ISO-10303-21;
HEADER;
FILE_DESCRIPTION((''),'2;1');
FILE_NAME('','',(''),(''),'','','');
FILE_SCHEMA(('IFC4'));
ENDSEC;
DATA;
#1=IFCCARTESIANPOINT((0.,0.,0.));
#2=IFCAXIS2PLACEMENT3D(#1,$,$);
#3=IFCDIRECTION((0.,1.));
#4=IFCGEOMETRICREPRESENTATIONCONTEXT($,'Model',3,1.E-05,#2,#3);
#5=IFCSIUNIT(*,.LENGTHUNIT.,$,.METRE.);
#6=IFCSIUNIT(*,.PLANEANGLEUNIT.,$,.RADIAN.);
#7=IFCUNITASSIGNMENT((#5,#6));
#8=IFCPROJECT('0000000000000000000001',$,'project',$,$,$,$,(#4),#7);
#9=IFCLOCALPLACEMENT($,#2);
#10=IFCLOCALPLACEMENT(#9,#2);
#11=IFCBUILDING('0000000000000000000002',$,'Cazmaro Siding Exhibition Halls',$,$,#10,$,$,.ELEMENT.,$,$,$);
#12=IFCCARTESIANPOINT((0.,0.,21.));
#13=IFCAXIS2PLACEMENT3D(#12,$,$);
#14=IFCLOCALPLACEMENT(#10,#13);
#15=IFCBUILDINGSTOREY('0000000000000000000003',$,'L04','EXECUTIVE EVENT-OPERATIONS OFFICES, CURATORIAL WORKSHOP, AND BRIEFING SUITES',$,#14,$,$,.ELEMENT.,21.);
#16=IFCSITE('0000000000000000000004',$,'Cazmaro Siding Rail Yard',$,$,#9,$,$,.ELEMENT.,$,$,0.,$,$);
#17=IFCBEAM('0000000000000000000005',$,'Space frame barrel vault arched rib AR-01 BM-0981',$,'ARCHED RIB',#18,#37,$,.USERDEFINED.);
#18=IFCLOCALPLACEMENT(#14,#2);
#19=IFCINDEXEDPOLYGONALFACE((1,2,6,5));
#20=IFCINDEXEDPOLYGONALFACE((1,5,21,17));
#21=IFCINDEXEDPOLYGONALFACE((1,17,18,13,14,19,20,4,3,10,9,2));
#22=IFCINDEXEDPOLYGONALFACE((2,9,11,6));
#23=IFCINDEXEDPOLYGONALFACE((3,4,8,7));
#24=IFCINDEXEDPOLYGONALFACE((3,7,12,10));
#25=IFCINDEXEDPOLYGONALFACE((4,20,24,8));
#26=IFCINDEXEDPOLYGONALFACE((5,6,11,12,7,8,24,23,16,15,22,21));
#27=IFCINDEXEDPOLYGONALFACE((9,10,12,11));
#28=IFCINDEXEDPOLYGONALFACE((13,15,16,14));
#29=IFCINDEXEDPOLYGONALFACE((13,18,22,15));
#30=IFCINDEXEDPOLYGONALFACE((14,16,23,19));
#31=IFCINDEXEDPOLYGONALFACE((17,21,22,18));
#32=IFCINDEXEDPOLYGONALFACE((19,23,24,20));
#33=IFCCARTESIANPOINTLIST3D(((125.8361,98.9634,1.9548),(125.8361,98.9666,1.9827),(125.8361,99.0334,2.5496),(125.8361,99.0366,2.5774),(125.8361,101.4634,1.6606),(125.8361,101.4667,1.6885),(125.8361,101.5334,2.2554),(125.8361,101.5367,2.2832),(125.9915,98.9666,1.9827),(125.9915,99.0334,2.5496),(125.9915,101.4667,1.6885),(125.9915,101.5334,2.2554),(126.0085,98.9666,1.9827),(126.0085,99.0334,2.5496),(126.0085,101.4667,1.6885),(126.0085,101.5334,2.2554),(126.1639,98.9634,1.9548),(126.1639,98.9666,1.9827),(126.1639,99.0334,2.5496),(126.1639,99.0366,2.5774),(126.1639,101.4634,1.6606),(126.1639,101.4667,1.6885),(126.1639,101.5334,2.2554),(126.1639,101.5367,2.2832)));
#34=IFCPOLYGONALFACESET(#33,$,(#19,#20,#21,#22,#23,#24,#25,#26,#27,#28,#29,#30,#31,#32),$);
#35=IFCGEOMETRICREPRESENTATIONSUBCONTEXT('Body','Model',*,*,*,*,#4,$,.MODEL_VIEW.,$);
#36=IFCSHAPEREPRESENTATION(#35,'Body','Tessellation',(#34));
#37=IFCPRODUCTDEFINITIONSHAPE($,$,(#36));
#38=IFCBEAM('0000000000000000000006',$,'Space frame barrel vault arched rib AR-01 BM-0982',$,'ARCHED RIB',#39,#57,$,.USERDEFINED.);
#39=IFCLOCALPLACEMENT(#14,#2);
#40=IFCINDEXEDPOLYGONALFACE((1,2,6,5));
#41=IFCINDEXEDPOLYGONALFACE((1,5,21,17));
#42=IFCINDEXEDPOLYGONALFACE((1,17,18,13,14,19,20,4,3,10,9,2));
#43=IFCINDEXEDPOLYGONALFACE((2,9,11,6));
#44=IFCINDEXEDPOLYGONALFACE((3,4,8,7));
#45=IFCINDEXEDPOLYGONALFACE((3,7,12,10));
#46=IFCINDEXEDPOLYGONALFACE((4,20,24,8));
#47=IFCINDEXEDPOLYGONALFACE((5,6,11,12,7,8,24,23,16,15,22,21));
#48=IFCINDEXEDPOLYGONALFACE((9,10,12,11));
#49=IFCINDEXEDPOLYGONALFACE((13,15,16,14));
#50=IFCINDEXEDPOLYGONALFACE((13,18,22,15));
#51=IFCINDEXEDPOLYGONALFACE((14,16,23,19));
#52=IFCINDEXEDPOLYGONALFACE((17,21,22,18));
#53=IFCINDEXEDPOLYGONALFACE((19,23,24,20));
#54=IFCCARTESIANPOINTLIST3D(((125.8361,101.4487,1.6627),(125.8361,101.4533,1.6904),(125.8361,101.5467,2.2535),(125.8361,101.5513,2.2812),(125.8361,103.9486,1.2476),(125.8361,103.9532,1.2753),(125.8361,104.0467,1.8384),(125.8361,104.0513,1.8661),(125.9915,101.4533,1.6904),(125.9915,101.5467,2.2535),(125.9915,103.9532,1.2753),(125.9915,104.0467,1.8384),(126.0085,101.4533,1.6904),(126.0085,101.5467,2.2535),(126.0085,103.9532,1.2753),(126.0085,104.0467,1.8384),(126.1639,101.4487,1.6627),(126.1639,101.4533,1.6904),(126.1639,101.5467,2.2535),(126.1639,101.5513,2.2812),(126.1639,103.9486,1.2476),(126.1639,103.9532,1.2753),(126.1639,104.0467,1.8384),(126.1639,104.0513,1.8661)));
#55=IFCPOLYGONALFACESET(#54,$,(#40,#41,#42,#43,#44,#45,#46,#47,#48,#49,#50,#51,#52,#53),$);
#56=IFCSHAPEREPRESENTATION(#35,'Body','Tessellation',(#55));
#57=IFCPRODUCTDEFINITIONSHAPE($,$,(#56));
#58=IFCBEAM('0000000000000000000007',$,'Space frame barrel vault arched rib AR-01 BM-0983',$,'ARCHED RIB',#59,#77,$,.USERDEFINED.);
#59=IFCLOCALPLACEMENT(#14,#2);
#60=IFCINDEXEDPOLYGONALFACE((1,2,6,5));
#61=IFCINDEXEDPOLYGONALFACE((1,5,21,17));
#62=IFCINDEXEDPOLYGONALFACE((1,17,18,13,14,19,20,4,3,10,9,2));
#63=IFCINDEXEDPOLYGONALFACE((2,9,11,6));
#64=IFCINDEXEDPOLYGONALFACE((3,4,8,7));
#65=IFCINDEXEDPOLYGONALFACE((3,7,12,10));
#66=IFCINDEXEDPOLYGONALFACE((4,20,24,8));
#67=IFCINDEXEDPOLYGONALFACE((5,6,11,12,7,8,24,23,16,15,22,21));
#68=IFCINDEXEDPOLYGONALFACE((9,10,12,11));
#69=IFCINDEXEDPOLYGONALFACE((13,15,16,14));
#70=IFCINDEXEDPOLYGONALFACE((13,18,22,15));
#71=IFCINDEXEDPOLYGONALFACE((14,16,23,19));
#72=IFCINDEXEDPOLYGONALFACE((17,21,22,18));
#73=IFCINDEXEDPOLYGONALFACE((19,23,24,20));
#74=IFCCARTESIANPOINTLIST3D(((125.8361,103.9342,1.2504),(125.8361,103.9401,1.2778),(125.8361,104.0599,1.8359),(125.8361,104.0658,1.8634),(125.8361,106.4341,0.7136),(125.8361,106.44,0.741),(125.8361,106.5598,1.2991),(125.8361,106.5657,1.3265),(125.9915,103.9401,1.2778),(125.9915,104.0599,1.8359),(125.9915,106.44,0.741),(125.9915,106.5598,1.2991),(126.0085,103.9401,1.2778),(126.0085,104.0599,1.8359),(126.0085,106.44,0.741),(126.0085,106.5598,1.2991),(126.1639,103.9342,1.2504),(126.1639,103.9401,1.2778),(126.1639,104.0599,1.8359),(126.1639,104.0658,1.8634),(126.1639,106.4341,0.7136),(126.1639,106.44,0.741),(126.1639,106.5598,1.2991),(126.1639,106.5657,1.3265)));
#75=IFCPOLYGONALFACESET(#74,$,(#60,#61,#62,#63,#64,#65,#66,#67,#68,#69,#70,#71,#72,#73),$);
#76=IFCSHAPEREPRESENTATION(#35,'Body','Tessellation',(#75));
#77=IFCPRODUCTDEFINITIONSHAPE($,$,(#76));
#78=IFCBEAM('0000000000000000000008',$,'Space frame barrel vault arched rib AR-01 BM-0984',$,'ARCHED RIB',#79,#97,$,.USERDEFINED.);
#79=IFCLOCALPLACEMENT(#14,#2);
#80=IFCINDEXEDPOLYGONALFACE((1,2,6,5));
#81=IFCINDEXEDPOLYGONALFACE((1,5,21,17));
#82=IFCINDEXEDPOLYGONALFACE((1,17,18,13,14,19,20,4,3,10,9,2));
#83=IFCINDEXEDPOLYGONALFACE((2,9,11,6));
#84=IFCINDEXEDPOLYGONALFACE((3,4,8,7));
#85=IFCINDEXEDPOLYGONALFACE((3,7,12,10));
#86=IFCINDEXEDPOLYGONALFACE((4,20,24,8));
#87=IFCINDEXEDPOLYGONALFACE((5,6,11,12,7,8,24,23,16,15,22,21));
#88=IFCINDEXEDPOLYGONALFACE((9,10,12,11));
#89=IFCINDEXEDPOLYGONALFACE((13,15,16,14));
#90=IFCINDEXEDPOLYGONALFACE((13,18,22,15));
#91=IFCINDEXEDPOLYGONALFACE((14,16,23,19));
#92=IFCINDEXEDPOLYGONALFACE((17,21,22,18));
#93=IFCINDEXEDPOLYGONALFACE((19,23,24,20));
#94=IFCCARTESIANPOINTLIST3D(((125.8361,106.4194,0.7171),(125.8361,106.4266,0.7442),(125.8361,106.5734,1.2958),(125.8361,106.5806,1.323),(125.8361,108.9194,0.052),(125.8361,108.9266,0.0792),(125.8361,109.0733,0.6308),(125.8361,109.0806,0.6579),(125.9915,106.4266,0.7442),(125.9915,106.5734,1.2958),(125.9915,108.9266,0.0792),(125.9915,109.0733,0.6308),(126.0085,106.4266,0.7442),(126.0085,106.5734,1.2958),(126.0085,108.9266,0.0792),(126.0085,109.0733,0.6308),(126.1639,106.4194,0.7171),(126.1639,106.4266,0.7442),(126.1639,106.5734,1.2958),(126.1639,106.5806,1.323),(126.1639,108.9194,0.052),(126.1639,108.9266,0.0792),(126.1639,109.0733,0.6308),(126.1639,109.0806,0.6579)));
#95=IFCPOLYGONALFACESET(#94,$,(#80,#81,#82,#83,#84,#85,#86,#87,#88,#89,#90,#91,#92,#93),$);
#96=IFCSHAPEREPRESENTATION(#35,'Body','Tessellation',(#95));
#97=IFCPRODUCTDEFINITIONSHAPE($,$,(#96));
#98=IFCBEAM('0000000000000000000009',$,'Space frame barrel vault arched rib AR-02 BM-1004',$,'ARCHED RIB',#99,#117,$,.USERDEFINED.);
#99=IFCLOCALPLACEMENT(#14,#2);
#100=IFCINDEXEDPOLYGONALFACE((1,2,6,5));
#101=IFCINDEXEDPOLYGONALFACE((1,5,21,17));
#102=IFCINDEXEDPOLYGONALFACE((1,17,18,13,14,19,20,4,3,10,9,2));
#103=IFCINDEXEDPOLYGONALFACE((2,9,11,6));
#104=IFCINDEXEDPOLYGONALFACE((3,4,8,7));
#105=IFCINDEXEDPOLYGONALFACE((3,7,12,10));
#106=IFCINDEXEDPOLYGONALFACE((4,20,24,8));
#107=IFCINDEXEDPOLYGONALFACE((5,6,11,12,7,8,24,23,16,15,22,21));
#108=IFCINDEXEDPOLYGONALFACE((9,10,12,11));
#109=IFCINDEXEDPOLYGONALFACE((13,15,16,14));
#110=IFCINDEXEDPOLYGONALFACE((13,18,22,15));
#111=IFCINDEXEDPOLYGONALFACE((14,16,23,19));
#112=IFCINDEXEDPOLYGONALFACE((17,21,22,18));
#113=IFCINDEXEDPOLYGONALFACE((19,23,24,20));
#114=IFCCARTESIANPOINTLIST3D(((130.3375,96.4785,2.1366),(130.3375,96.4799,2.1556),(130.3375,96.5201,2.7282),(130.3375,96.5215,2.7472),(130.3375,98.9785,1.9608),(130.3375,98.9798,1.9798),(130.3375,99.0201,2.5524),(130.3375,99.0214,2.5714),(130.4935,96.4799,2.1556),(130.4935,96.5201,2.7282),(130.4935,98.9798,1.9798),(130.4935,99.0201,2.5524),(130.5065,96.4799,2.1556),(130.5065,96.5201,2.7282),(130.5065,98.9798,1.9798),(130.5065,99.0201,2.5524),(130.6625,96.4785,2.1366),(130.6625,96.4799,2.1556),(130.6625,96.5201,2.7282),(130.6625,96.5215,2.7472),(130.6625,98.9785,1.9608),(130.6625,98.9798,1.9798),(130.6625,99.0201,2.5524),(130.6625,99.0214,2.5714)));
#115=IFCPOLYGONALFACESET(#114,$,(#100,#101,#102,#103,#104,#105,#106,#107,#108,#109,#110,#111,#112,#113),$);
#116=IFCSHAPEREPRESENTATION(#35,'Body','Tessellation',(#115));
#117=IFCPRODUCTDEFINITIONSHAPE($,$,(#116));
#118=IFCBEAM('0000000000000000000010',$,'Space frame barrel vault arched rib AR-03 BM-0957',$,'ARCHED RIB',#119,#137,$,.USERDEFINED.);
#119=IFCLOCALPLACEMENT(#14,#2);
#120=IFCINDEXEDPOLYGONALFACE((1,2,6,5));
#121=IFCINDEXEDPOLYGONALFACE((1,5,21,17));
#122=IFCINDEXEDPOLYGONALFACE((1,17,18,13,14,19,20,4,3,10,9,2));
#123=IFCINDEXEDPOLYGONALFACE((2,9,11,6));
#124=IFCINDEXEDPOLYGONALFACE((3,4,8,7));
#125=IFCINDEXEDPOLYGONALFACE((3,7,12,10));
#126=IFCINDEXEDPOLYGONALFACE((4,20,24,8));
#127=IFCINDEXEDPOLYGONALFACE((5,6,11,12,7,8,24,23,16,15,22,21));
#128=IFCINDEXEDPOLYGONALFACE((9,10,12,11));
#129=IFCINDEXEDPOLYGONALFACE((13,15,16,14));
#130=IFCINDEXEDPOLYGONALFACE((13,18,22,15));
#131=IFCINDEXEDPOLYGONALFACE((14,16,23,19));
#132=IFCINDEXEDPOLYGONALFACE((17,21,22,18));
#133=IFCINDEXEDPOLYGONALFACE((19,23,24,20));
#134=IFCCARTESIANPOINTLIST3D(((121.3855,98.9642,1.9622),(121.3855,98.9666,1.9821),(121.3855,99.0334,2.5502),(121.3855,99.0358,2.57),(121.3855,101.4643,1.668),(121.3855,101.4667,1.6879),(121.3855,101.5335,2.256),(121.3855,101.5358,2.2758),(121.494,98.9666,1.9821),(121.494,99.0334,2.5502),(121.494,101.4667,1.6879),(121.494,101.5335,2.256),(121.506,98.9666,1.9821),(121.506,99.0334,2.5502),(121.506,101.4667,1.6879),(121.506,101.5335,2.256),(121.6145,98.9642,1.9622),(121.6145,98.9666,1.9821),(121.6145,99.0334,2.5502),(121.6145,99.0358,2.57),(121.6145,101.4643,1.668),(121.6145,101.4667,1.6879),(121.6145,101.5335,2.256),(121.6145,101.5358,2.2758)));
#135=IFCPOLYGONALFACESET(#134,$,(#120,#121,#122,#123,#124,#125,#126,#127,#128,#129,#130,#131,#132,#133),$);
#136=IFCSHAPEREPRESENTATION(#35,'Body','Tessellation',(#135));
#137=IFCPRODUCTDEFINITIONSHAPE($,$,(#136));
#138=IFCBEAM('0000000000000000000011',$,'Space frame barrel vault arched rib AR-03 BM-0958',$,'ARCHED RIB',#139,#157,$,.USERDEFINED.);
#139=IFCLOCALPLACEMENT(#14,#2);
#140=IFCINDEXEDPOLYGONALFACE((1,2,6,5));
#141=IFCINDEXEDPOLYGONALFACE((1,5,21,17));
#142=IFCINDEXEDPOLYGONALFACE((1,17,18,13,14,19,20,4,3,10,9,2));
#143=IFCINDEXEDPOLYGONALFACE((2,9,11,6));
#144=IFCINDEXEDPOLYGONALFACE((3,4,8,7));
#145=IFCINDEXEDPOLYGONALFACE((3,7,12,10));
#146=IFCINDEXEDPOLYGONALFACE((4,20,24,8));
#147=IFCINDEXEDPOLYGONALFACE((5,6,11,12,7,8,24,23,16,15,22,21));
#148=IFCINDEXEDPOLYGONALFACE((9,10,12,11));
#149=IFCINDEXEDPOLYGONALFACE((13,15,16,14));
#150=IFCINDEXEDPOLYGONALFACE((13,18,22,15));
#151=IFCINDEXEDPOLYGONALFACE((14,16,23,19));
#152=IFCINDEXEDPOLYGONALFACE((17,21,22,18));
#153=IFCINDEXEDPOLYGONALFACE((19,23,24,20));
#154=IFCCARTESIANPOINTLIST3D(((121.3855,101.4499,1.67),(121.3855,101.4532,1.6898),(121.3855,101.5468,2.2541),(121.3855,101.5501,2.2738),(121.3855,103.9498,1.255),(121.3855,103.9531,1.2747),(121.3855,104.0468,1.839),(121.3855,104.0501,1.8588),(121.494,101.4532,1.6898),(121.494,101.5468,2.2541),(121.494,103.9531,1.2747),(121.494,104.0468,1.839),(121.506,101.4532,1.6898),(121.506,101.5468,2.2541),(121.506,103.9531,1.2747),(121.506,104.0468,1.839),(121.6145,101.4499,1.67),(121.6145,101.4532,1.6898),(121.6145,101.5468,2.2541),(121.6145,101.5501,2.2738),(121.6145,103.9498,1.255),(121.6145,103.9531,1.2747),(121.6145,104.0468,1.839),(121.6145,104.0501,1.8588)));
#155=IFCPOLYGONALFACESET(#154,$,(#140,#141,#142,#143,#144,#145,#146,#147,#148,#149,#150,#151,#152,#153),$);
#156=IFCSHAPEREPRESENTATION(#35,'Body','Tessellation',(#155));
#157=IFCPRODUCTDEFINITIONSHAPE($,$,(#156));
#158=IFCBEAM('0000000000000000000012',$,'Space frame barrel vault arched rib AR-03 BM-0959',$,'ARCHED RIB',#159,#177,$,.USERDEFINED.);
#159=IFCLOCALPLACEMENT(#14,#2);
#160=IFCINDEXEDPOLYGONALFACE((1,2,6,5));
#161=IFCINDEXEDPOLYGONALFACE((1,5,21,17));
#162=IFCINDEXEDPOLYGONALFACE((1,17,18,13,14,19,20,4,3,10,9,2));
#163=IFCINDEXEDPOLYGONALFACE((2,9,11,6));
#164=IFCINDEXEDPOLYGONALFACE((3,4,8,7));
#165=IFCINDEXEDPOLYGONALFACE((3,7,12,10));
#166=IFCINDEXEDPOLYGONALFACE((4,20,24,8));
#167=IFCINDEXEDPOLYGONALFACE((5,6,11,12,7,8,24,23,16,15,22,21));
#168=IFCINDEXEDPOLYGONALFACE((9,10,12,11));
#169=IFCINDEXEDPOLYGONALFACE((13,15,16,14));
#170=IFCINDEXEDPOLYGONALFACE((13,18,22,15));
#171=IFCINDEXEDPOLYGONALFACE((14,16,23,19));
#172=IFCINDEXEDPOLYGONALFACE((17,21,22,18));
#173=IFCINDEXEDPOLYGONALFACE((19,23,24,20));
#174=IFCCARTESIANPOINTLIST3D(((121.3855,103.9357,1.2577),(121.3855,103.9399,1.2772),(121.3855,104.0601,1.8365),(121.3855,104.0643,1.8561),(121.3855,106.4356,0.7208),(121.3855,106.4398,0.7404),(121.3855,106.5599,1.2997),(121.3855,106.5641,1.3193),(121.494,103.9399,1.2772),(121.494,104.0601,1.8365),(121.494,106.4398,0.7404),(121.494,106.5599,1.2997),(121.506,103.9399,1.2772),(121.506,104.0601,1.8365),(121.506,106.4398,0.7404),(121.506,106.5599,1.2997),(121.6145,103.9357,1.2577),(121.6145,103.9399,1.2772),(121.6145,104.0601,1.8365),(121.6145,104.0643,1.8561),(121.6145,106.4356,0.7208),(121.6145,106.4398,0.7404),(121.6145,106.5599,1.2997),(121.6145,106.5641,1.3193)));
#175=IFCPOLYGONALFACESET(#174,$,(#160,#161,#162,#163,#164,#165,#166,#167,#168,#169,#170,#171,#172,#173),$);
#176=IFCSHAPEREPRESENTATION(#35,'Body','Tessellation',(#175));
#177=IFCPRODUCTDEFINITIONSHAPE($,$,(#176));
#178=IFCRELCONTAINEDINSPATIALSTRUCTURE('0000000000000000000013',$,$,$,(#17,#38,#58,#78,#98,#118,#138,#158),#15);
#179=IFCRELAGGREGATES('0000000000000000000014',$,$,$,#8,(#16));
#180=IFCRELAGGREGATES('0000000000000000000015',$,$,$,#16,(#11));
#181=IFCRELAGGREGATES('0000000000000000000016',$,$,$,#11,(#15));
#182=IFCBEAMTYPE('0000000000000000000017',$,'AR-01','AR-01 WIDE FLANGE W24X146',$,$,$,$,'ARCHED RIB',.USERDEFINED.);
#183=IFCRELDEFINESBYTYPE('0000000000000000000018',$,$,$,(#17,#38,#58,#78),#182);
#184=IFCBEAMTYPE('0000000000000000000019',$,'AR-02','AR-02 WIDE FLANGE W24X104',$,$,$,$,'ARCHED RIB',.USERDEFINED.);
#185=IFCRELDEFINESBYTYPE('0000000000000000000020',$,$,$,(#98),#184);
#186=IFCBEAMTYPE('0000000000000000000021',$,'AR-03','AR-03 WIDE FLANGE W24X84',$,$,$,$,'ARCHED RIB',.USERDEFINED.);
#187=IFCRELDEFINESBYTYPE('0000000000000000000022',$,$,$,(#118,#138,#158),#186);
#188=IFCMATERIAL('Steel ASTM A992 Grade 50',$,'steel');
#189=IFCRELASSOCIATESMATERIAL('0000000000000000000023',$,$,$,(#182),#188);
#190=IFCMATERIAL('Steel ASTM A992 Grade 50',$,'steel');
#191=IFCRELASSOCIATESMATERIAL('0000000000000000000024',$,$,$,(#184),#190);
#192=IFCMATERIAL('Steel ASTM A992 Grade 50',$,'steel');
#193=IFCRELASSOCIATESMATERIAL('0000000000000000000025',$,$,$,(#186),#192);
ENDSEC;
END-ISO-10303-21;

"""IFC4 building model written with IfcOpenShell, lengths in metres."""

from ifc_helpers import new_model, si_unit, direction, frame, origin, origin_2d, place, context, subcontext, project, spatial, i_section, extrude, material, material_profile, profile_set, type_object, element, save


model = new_model("IFC4")

# Units and contexts
model_context = context("Model", 3, precision=1e-05, world=origin(), true_north=direction((0.0, 1.0)))
body_context = subcontext(model_context, "Body", "Model", "MODEL_VIEW")
ifc_project = project(units=[si_unit("LENGTHUNIT", "METRE"), si_unit("PLANEANGLEUNIT", "RADIAN")], contexts=[model_context])

# Site, building, storey
site_placement = place(None, origin())
site = spatial("IfcSite", under=ifc_project, at=site_placement, Name="Cazmaro Siding Rail Yard", CompositionType="ELEMENT", RefElevation=0.0)
building_placement = place(site_placement, origin())
building = spatial("IfcBuilding", under=site, at=building_placement, Name="Cazmaro Siding Exhibition Halls", CompositionType="ELEMENT")
storey_placement = place(building_placement, frame((0.0, 0.0, 21.0)))
storey = spatial("IfcBuildingStorey", under=building, at=storey_placement, Name="L04", Description="EXECUTIVE EVENT-OPERATIONS OFFICES, CURATORIAL WORKSHOP, AND BRIEFING SUITES", CompositionType="ELEMENT", Elevation=21.0)

# Beams
ifc_material_1 = material(Name="Steel ASTM A992 Grade 50", Category="steel")
ifc_material_profile_1 = material_profile(ifc_material_1, i_section(OverallWidth=0.3279, OverallDepth=0.627, WebThickness=0.0171, FlangeThickness=0.0281, at=origin_2d()), Name="W24X146")
ifc_profile_set_1 = profile_set([ifc_material_profile_1], Name="Steel ASTM A992 Grade 50")
beam_type_1 = type_object("IfcBeamType", Name="AR-01", Description="AR-01 WIDE FLANGE W24X146", ElementType="ARCHED RIB", PredefinedType="USERDEFINED", material=ifc_profile_set_1)
beam_1_placement = place(storey_placement, frame((126.0, 99.0, 2.2661), z_axis=(0.0, 0.993147, -0.116869), x_axis=(-1.0, 0.0, 0.0)))
element("IfcBeam", 1, at=beam_1_placement, inside=storey, type_object=beam_type_1, Name="Space frame barrel vault arched rib AR-01 BM-0981", ObjectType="ARCHED RIB", PredefinedType="USERDEFINED", context=body_context, shape_type="SweptSolid", body=[
    extrude(i_section(OverallWidth=0.3279, OverallDepth=0.627, WebThickness=0.0171, FlangeThickness=0.0281, at=origin_2d()), origin(), (0.0, 0.0, 1.0), 2.5173),
])
beam_2_placement = place(storey_placement, frame((126.0, 101.5, 1.9719), z_axis=(0.0, 0.986498, -0.163774), x_axis=(-1.0, 0.0, 0.0)))
element("IfcBeam", 2, at=beam_2_placement, inside=storey, type_object=beam_type_1, Name="Space frame barrel vault arched rib AR-01 BM-0982", ObjectType="ARCHED RIB", PredefinedType="USERDEFINED", context=body_context, shape_type="SweptSolid", body=[
    extrude(i_section(OverallWidth=0.3279, OverallDepth=0.627, WebThickness=0.0171, FlangeThickness=0.0281, at=origin_2d()), origin(), (0.0, 0.0, 1.0), 2.5342),
])
beam_3_placement = place(storey_placement, frame((126.0, 104.0, 1.5569), z_axis=(0.0, 0.97771, -0.209959), x_axis=(-1.0, 0.0, 0.0)))
element("IfcBeam", 3, at=beam_3_placement, inside=storey, type_object=beam_type_1, Name="Space frame barrel vault arched rib AR-01 BM-0983", ObjectType="ARCHED RIB", PredefinedType="USERDEFINED", context=body_context, shape_type="SweptSolid", body=[
    extrude(i_section(OverallWidth=0.3279, OverallDepth=0.627, WebThickness=0.0171, FlangeThickness=0.0281, at=origin_2d()), origin(), (0.0, 0.0, 1.0), 2.5569),
])
beam_4_placement = place(storey_placement, frame((126.0, 106.5, 1.02), z_axis=(0.0, 0.966391, -0.257075), x_axis=(-1.0, 0.0, 0.0)))
element("IfcBeam", 4, at=beam_4_placement, inside=storey, type_object=beam_type_1, Name="Space frame barrel vault arched rib AR-01 BM-0984", ObjectType="ARCHED RIB", PredefinedType="USERDEFINED", context=body_context, shape_type="SweptSolid", body=[
    extrude(i_section(OverallWidth=0.3279, OverallDepth=0.627, WebThickness=0.0171, FlangeThickness=0.0281, at=origin_2d()), origin(), (0.0, 0.0, 1.0), 2.5869),
])
ifc_material_2 = material(Name="Steel ASTM A992 Grade 50", Category="steel")
ifc_material_profile_2 = material_profile(ifc_material_2, i_section(OverallWidth=0.325, OverallDepth=0.6121, WebThickness=0.0129, FlangeThickness=0.019, at=origin_2d()), Name="W24X104")
ifc_profile_set_2 = profile_set([ifc_material_profile_2], Name="Steel ASTM A992 Grade 50")
beam_type_2 = type_object("IfcBeamType", Name="AR-02", Description="AR-02 WIDE FLANGE W24X104", ElementType="ARCHED RIB", PredefinedType="USERDEFINED", material=ifc_profile_set_2)
beam_5_placement = place(storey_placement, frame((130.5, 96.5, 2.4419), z_axis=(0.0, 0.997537, -0.070139), x_axis=(-1.0, 0.0, 0.0)))
element("IfcBeam", 5, at=beam_5_placement, inside=storey, type_object=beam_type_2, Name="Space frame barrel vault arched rib AR-02 BM-1004", ObjectType="ARCHED RIB", PredefinedType="USERDEFINED", context=body_context, shape_type="SweptSolid", body=[
    extrude(i_section(OverallWidth=0.325, OverallDepth=0.6121, WebThickness=0.0129, FlangeThickness=0.019, at=origin_2d()), origin(), (0.0, 0.0, 1.0), 2.5061),
])
ifc_material_3 = material(Name="Steel ASTM A992 Grade 50", Category="steel")
ifc_material_profile_3 = material_profile(ifc_material_3, i_section(OverallWidth=0.229, OverallDepth=0.6121, WebThickness=0.012, FlangeThickness=0.02, at=origin_2d()), Name="W24X84")
ifc_profile_set_3 = profile_set([ifc_material_profile_3], Name="Steel ASTM A992 Grade 50")
beam_type_3 = type_object("IfcBeamType", Name="AR-03", Description="AR-03 WIDE FLANGE W24X84", ElementType="ARCHED RIB", PredefinedType="USERDEFINED", material=ifc_profile_set_3)
beam_6_placement = place(storey_placement, frame((121.5, 99.0, 2.2661), z_axis=(0.0, 0.993147, -0.116869), x_axis=(-1.0, 0.0, 0.0)))
element("IfcBeam", 6, at=beam_6_placement, inside=storey, type_object=beam_type_3, Name="Space frame barrel vault arched rib AR-03 BM-0957", ObjectType="ARCHED RIB", PredefinedType="USERDEFINED", context=body_context, shape_type="SweptSolid", body=[
    extrude(i_section(OverallWidth=0.229, OverallDepth=0.6121, WebThickness=0.012, FlangeThickness=0.02, at=origin_2d()), origin(), (0.0, 0.0, 1.0), 2.5173),
])
beam_7_placement = place(storey_placement, frame((121.5, 101.5, 1.9719), z_axis=(0.0, 0.986498, -0.163774), x_axis=(-1.0, 0.0, 0.0)))
element("IfcBeam", 7, at=beam_7_placement, inside=storey, type_object=beam_type_3, Name="Space frame barrel vault arched rib AR-03 BM-0958", ObjectType="ARCHED RIB", PredefinedType="USERDEFINED", context=body_context, shape_type="SweptSolid", body=[
    extrude(i_section(OverallWidth=0.229, OverallDepth=0.6121, WebThickness=0.012, FlangeThickness=0.02, at=origin_2d()), origin(), (0.0, 0.0, 1.0), 2.5342),
])
beam_8_placement = place(storey_placement, frame((121.5, 104.0, 1.5569), z_axis=(0.0, 0.97771, -0.209959), x_axis=(-1.0, 0.0, 0.0)))
element("IfcBeam", 8, at=beam_8_placement, inside=storey, type_object=beam_type_3, Name="Space frame barrel vault arched rib AR-03 BM-0959", ObjectType="ARCHED RIB", PredefinedType="USERDEFINED", context=body_context, shape_type="SweptSolid", body=[
    extrude(i_section(OverallWidth=0.229, OverallDepth=0.6121, WebThickness=0.012, FlangeThickness=0.02, at=origin_2d()), origin(), (0.0, 0.0, 1.0), 2.5569),
])

save(model, "model.ifc")
